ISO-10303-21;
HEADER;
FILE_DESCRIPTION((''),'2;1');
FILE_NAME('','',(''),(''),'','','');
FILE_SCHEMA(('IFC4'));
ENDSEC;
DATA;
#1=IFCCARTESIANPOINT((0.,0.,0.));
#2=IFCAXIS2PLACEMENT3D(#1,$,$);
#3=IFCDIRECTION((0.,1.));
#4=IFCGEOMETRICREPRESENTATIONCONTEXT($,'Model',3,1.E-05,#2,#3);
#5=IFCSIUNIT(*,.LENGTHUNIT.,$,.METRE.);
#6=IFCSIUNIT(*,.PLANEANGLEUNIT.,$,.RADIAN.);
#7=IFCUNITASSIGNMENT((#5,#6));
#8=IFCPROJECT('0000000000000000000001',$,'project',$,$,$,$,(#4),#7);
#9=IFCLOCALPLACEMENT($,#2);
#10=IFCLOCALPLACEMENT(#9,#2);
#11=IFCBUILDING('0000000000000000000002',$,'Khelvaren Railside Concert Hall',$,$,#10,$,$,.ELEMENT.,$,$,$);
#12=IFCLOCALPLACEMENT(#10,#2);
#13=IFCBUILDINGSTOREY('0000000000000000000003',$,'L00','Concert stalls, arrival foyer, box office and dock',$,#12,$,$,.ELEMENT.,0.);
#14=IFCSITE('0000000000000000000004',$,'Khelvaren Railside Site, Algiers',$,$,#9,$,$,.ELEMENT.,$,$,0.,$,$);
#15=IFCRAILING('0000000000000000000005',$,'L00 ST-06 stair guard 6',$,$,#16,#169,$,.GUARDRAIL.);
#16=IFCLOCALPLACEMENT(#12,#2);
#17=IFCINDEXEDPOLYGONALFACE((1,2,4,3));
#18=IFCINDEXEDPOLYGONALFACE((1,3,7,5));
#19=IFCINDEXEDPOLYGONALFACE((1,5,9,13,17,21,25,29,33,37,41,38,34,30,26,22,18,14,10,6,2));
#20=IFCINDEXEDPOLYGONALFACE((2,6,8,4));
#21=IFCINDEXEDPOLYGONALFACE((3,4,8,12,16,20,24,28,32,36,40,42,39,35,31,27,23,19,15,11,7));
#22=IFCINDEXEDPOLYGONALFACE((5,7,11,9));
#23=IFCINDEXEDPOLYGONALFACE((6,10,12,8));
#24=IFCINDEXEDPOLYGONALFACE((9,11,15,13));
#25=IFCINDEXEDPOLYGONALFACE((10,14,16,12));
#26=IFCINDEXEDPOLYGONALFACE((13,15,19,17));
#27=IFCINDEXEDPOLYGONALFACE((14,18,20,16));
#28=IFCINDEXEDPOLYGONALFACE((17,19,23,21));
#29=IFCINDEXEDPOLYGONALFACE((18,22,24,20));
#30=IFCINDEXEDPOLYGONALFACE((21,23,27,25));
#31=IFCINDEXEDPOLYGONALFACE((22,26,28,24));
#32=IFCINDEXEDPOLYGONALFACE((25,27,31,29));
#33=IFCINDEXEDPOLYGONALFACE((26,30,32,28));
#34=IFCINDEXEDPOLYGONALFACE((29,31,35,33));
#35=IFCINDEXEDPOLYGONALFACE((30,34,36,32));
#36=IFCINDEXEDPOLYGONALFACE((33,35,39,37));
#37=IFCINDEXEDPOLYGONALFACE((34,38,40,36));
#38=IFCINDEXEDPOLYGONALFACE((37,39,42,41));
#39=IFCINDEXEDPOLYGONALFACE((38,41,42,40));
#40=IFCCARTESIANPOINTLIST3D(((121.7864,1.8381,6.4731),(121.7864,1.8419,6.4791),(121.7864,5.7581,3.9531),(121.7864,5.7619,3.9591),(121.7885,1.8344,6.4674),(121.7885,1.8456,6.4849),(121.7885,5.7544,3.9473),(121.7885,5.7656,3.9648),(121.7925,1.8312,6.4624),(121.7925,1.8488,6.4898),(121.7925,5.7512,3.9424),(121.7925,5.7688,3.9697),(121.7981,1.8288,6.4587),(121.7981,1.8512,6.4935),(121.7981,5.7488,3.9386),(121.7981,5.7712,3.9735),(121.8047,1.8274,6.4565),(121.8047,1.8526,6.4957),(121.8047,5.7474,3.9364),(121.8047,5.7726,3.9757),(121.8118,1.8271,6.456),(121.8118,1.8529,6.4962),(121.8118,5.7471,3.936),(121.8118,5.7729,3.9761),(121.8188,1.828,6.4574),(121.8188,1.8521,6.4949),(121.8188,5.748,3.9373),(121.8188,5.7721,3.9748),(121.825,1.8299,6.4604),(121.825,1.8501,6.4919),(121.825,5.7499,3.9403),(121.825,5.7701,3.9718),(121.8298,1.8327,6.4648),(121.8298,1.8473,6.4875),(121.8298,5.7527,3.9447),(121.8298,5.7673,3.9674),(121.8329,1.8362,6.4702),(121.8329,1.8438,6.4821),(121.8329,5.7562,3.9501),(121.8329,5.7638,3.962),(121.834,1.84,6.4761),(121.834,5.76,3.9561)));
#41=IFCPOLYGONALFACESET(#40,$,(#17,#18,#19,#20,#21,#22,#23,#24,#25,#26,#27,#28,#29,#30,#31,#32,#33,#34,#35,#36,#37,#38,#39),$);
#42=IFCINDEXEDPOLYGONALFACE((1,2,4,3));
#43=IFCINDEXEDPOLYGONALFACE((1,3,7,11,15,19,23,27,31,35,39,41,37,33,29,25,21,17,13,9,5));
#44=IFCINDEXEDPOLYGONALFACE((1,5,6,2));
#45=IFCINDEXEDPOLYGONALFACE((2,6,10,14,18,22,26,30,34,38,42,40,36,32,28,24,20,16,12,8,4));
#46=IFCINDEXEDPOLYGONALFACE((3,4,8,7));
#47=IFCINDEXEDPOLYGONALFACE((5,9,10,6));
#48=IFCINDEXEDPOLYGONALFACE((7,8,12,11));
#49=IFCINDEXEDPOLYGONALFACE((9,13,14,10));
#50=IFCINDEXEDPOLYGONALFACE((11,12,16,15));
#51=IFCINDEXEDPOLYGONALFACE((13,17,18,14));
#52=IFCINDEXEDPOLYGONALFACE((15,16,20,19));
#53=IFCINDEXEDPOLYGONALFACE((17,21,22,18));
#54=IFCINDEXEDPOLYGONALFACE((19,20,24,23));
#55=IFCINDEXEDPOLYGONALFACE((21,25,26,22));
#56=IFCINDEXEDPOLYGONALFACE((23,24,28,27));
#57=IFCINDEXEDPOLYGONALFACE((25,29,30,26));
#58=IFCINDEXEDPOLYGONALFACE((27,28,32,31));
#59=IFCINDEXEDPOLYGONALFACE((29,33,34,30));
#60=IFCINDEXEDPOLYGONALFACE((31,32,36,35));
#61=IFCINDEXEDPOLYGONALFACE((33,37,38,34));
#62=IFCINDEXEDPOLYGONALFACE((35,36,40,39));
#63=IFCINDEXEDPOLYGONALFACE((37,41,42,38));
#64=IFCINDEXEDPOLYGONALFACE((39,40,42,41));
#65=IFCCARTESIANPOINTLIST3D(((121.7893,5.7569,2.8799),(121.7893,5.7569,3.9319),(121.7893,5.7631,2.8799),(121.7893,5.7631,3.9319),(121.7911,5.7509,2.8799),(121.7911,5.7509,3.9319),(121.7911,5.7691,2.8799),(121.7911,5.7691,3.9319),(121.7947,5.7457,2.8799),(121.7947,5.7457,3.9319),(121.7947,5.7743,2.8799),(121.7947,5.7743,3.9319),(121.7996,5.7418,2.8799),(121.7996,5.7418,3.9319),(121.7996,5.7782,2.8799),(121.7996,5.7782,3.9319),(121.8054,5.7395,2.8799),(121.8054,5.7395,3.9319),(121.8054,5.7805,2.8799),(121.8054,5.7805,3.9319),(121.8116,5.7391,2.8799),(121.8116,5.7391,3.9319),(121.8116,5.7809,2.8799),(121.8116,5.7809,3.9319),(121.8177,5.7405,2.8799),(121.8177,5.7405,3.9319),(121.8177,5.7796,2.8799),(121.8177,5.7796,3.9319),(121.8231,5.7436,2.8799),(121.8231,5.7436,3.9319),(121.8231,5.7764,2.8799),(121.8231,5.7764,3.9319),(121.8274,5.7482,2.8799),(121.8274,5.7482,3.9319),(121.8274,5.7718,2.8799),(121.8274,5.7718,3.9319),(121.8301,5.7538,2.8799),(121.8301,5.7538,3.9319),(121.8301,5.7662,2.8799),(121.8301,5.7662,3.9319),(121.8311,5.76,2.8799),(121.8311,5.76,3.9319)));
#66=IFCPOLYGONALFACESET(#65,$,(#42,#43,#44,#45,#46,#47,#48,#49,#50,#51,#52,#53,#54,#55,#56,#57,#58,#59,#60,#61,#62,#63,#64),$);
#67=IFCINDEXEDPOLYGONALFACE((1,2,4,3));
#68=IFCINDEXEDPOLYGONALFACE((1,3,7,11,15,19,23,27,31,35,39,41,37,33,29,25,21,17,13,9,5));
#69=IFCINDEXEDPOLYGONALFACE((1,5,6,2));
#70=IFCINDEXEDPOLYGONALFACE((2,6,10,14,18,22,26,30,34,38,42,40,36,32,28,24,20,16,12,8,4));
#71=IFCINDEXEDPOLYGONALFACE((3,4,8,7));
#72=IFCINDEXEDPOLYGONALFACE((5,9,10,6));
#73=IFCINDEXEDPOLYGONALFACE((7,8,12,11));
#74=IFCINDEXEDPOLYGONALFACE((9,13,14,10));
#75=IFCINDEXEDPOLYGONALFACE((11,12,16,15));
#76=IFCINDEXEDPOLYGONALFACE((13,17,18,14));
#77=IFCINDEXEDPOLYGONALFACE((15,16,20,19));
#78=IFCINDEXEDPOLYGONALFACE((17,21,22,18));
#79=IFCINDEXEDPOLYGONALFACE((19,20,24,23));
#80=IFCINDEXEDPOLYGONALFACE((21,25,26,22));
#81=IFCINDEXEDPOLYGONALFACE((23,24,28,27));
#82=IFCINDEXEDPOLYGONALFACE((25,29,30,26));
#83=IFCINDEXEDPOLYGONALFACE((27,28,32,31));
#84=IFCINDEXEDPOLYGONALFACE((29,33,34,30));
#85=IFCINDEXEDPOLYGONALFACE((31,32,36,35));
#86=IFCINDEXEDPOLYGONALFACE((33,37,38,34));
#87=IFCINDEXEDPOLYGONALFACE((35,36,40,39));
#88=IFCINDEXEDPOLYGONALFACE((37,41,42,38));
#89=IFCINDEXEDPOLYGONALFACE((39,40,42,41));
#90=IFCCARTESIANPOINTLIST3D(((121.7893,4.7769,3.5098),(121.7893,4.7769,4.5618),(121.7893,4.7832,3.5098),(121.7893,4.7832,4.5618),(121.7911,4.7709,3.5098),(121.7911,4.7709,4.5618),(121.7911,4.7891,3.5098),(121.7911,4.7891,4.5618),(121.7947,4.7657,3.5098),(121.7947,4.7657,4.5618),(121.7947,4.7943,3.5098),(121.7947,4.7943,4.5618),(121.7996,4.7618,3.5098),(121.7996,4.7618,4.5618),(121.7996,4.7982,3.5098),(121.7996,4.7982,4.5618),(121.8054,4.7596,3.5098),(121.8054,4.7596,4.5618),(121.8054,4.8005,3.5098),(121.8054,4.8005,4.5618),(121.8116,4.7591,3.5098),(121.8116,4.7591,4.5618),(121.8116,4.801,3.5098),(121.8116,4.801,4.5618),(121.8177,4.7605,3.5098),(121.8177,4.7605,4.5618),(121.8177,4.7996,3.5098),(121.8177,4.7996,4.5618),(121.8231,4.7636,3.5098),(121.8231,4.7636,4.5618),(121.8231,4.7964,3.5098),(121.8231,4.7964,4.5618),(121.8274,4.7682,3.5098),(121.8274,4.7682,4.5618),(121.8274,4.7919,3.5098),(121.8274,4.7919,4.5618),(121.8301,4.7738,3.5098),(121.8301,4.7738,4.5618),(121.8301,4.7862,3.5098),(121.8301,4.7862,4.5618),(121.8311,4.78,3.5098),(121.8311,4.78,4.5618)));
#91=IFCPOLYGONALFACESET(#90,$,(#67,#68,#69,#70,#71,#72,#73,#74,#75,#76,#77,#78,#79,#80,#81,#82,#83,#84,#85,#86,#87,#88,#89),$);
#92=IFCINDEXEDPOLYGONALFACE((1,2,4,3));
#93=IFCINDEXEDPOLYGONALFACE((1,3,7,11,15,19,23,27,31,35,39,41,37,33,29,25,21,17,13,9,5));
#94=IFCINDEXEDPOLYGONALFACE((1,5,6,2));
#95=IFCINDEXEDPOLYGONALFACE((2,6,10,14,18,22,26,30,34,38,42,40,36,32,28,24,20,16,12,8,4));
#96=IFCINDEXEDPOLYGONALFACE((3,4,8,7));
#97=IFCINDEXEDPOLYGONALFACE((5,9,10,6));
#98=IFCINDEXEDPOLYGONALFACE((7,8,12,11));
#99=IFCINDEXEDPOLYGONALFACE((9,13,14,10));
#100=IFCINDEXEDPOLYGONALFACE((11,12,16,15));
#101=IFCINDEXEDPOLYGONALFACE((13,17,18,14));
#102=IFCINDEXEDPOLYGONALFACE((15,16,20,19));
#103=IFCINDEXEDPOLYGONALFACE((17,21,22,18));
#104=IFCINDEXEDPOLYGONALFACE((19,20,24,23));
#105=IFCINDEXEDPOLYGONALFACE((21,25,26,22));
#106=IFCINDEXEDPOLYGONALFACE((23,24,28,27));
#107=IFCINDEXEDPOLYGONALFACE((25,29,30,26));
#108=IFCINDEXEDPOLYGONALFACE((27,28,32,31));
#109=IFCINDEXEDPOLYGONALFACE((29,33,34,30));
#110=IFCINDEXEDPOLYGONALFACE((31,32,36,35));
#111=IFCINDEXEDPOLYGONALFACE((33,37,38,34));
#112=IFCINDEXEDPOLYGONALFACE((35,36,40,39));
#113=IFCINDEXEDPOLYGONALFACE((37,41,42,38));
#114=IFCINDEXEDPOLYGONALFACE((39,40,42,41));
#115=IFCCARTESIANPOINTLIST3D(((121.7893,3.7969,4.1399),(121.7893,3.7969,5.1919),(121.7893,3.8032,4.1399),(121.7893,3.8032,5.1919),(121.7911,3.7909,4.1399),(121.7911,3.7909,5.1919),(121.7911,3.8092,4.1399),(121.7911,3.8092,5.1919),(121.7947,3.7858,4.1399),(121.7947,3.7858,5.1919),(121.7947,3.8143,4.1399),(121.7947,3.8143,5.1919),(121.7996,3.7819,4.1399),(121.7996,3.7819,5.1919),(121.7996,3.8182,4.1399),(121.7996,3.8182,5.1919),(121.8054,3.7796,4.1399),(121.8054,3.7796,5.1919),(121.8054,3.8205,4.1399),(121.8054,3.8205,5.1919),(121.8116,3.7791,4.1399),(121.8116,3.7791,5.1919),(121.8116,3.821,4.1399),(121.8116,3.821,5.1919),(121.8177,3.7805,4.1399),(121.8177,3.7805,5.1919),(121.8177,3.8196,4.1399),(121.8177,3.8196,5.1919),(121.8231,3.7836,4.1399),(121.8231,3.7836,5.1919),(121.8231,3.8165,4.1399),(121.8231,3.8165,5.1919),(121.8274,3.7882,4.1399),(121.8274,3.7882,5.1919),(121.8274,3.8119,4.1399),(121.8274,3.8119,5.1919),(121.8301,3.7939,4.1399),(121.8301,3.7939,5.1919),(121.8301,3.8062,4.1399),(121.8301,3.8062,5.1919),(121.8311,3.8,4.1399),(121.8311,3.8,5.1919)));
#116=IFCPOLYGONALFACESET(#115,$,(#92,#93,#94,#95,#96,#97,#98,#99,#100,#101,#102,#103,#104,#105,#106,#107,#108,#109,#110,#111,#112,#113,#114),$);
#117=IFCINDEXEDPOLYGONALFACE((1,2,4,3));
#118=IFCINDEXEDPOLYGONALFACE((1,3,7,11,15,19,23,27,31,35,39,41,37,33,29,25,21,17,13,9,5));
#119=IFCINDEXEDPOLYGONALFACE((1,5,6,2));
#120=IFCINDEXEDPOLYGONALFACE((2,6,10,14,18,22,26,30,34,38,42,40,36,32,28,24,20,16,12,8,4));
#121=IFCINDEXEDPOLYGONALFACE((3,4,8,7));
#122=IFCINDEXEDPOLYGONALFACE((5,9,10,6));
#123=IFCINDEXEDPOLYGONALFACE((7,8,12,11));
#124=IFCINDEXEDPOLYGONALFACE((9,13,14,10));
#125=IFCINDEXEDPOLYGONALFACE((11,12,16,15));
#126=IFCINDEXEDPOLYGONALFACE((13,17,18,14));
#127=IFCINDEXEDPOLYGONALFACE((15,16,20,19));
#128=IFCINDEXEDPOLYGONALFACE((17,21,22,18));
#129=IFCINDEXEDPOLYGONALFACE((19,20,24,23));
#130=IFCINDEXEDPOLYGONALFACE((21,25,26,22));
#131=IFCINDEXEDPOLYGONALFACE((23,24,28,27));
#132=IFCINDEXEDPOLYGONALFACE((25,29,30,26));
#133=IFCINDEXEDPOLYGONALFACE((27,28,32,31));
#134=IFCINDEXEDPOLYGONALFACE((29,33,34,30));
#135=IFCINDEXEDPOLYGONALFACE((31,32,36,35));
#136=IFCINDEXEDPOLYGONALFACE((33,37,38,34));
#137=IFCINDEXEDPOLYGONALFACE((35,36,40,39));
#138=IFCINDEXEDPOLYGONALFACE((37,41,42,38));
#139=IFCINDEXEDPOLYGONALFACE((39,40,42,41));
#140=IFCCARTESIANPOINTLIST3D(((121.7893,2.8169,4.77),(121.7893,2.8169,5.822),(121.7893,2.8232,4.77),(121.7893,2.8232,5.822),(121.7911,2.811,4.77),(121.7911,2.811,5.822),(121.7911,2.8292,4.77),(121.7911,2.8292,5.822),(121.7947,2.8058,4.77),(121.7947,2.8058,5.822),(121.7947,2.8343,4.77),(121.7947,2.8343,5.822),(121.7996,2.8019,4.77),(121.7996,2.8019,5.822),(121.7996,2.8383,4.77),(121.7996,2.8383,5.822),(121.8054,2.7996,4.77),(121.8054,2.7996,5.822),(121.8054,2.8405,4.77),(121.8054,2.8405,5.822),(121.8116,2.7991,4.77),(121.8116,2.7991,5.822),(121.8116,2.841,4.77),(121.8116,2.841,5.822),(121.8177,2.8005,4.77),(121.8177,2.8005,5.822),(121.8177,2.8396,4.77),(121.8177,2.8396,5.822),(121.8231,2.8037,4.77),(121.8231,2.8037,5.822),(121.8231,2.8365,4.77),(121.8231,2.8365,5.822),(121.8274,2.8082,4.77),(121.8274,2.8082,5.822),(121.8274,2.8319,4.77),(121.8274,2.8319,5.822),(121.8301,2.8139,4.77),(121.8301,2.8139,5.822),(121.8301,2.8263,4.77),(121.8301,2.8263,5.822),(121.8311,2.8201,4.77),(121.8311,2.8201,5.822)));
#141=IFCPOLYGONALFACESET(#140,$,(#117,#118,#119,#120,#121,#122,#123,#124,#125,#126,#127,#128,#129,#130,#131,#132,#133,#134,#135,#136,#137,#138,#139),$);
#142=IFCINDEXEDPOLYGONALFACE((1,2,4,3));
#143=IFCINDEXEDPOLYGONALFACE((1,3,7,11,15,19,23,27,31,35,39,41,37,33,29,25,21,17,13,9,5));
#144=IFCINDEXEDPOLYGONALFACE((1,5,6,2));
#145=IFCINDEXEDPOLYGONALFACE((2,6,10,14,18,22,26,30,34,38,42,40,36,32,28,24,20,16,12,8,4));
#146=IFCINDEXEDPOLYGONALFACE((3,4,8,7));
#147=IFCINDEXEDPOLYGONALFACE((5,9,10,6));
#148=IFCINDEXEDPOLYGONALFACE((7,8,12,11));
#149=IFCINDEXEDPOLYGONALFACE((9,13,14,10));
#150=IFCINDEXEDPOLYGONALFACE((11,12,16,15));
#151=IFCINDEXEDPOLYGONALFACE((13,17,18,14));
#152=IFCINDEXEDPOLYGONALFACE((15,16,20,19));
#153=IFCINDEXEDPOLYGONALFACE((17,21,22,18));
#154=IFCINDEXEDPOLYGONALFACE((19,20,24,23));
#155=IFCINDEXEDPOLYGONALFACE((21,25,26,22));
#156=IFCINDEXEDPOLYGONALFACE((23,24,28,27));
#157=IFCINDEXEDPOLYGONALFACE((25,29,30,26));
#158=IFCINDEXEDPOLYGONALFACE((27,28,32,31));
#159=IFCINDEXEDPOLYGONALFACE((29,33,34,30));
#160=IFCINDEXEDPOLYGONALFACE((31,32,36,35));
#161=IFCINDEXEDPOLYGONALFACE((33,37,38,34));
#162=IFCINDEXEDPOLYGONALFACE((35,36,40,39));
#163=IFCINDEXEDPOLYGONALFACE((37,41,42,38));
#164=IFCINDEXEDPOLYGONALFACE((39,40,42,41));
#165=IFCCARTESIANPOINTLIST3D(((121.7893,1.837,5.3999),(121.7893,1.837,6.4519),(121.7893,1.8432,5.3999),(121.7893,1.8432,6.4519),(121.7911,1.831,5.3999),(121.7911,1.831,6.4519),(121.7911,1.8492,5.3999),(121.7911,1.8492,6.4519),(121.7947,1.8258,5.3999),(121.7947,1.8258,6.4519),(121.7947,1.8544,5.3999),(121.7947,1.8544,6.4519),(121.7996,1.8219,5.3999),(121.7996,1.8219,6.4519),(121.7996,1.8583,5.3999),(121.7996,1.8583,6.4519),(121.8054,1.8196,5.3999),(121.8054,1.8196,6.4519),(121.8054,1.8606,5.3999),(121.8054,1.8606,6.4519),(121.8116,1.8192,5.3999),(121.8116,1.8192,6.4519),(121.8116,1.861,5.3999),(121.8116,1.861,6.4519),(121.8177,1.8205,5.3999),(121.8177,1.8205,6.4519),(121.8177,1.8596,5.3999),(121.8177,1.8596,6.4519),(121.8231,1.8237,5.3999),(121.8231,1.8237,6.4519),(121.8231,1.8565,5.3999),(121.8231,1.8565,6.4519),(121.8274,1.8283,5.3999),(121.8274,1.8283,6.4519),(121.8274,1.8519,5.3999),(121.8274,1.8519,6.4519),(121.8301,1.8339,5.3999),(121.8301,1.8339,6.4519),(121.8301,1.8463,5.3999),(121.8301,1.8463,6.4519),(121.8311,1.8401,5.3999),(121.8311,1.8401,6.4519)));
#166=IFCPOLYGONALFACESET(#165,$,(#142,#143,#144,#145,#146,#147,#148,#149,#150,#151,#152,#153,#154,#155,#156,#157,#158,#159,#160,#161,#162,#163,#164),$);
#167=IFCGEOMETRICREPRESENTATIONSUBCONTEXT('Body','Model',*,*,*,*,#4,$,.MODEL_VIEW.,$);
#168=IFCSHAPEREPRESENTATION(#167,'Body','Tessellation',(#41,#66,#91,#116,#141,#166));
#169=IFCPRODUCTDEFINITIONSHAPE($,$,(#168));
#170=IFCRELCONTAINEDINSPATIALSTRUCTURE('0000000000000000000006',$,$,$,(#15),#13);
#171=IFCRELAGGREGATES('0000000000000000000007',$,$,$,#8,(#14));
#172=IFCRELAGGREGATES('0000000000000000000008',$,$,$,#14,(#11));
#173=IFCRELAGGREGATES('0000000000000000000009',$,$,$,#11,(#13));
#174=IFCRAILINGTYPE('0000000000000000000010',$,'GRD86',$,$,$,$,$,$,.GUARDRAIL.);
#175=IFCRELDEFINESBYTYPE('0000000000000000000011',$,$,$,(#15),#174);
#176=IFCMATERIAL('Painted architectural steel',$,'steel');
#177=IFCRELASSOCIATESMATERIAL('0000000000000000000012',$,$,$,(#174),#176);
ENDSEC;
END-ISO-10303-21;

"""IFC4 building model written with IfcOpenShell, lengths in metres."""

from ifc_helpers import new_model, si_unit, direction, frame, origin, origin_2d, place, context, subcontext, project, spatial, circle, extrude, material, type_object, element, save


model = new_model("IFC4")

# Units and contexts
model_context = context("Model", 3, precision=1e-05, world=origin(), true_north=direction((0.0, 1.0)))
body_context = subcontext(model_context, "Body", "Model", "MODEL_VIEW")
ifc_project = project(units=[si_unit("LENGTHUNIT", "METRE"), si_unit("PLANEANGLEUNIT", "RADIAN")], contexts=[model_context])

# Site, building, storey
site_placement = place(None, origin())
site = spatial("IfcSite", under=ifc_project, at=site_placement, Name="Khelvaren Railside Site, Algiers", CompositionType="ELEMENT", RefElevation=0.0)
building_placement = place(site_placement, origin())
building = spatial("IfcBuilding", under=site, at=building_placement, Name="Khelvaren Railside Concert Hall", CompositionType="ELEMENT")
storey_placement = place(building_placement, origin())
storey = spatial("IfcBuildingStorey", under=building, at=storey_placement, Name="L00", Description="Concert stalls, arrival foyer, box office and dock", CompositionType="ELEMENT", Elevation=0.0)

# Railing
ifc_material_1 = material(Name="Painted architectural steel", Category="steel")
railing_type_1 = type_object("IfcRailingType", Name="GRD86", PredefinedType="GUARDRAIL", material=ifc_material_1)
railing_1_placement = place(storey_placement, frame((121.8101, 5.76, 2.8799)))
element("IfcRailing", 1, at=railing_1_placement, inside=storey, type_object=railing_type_1, Name="L00 ST-06 stair guard 6", PredefinedType="GUARDRAIL", context=body_context, shape_type="SweptSolid", body=[
    extrude(circle(Radius=0.0239, at=origin_2d()), frame((0.0, 0.0, 1.0762), z_axis=(0.0, -0.841172, 0.540768), x_axis=(1.0, 0.0, 0.0)), (0.0, 0.0, 1.0), 4.6602),
    extrude(circle(Radius=0.021, at=origin_2d()), origin(), (0.0, 0.0, 1.0), 1.052),
    extrude(circle(Radius=0.021, at=origin_2d()), frame((0.0, -0.98, 0.6299)), (0.0, 0.0, 1.0), 1.052),
    extrude(circle(Radius=0.021, at=origin_2d()), frame((0.0, -1.96, 1.26)), (0.0, 0.0, 1.0), 1.052),
    extrude(circle(Radius=0.021, at=origin_2d()), frame((0.0, -2.9399, 1.8901)), (0.0, 0.0, 1.0), 1.052),
    extrude(circle(Radius=0.021, at=origin_2d()), frame((0.0, -3.9199, 2.52)), (0.0, 0.0, 1.0), 1.052),
])

save(model, "model.ifc")
